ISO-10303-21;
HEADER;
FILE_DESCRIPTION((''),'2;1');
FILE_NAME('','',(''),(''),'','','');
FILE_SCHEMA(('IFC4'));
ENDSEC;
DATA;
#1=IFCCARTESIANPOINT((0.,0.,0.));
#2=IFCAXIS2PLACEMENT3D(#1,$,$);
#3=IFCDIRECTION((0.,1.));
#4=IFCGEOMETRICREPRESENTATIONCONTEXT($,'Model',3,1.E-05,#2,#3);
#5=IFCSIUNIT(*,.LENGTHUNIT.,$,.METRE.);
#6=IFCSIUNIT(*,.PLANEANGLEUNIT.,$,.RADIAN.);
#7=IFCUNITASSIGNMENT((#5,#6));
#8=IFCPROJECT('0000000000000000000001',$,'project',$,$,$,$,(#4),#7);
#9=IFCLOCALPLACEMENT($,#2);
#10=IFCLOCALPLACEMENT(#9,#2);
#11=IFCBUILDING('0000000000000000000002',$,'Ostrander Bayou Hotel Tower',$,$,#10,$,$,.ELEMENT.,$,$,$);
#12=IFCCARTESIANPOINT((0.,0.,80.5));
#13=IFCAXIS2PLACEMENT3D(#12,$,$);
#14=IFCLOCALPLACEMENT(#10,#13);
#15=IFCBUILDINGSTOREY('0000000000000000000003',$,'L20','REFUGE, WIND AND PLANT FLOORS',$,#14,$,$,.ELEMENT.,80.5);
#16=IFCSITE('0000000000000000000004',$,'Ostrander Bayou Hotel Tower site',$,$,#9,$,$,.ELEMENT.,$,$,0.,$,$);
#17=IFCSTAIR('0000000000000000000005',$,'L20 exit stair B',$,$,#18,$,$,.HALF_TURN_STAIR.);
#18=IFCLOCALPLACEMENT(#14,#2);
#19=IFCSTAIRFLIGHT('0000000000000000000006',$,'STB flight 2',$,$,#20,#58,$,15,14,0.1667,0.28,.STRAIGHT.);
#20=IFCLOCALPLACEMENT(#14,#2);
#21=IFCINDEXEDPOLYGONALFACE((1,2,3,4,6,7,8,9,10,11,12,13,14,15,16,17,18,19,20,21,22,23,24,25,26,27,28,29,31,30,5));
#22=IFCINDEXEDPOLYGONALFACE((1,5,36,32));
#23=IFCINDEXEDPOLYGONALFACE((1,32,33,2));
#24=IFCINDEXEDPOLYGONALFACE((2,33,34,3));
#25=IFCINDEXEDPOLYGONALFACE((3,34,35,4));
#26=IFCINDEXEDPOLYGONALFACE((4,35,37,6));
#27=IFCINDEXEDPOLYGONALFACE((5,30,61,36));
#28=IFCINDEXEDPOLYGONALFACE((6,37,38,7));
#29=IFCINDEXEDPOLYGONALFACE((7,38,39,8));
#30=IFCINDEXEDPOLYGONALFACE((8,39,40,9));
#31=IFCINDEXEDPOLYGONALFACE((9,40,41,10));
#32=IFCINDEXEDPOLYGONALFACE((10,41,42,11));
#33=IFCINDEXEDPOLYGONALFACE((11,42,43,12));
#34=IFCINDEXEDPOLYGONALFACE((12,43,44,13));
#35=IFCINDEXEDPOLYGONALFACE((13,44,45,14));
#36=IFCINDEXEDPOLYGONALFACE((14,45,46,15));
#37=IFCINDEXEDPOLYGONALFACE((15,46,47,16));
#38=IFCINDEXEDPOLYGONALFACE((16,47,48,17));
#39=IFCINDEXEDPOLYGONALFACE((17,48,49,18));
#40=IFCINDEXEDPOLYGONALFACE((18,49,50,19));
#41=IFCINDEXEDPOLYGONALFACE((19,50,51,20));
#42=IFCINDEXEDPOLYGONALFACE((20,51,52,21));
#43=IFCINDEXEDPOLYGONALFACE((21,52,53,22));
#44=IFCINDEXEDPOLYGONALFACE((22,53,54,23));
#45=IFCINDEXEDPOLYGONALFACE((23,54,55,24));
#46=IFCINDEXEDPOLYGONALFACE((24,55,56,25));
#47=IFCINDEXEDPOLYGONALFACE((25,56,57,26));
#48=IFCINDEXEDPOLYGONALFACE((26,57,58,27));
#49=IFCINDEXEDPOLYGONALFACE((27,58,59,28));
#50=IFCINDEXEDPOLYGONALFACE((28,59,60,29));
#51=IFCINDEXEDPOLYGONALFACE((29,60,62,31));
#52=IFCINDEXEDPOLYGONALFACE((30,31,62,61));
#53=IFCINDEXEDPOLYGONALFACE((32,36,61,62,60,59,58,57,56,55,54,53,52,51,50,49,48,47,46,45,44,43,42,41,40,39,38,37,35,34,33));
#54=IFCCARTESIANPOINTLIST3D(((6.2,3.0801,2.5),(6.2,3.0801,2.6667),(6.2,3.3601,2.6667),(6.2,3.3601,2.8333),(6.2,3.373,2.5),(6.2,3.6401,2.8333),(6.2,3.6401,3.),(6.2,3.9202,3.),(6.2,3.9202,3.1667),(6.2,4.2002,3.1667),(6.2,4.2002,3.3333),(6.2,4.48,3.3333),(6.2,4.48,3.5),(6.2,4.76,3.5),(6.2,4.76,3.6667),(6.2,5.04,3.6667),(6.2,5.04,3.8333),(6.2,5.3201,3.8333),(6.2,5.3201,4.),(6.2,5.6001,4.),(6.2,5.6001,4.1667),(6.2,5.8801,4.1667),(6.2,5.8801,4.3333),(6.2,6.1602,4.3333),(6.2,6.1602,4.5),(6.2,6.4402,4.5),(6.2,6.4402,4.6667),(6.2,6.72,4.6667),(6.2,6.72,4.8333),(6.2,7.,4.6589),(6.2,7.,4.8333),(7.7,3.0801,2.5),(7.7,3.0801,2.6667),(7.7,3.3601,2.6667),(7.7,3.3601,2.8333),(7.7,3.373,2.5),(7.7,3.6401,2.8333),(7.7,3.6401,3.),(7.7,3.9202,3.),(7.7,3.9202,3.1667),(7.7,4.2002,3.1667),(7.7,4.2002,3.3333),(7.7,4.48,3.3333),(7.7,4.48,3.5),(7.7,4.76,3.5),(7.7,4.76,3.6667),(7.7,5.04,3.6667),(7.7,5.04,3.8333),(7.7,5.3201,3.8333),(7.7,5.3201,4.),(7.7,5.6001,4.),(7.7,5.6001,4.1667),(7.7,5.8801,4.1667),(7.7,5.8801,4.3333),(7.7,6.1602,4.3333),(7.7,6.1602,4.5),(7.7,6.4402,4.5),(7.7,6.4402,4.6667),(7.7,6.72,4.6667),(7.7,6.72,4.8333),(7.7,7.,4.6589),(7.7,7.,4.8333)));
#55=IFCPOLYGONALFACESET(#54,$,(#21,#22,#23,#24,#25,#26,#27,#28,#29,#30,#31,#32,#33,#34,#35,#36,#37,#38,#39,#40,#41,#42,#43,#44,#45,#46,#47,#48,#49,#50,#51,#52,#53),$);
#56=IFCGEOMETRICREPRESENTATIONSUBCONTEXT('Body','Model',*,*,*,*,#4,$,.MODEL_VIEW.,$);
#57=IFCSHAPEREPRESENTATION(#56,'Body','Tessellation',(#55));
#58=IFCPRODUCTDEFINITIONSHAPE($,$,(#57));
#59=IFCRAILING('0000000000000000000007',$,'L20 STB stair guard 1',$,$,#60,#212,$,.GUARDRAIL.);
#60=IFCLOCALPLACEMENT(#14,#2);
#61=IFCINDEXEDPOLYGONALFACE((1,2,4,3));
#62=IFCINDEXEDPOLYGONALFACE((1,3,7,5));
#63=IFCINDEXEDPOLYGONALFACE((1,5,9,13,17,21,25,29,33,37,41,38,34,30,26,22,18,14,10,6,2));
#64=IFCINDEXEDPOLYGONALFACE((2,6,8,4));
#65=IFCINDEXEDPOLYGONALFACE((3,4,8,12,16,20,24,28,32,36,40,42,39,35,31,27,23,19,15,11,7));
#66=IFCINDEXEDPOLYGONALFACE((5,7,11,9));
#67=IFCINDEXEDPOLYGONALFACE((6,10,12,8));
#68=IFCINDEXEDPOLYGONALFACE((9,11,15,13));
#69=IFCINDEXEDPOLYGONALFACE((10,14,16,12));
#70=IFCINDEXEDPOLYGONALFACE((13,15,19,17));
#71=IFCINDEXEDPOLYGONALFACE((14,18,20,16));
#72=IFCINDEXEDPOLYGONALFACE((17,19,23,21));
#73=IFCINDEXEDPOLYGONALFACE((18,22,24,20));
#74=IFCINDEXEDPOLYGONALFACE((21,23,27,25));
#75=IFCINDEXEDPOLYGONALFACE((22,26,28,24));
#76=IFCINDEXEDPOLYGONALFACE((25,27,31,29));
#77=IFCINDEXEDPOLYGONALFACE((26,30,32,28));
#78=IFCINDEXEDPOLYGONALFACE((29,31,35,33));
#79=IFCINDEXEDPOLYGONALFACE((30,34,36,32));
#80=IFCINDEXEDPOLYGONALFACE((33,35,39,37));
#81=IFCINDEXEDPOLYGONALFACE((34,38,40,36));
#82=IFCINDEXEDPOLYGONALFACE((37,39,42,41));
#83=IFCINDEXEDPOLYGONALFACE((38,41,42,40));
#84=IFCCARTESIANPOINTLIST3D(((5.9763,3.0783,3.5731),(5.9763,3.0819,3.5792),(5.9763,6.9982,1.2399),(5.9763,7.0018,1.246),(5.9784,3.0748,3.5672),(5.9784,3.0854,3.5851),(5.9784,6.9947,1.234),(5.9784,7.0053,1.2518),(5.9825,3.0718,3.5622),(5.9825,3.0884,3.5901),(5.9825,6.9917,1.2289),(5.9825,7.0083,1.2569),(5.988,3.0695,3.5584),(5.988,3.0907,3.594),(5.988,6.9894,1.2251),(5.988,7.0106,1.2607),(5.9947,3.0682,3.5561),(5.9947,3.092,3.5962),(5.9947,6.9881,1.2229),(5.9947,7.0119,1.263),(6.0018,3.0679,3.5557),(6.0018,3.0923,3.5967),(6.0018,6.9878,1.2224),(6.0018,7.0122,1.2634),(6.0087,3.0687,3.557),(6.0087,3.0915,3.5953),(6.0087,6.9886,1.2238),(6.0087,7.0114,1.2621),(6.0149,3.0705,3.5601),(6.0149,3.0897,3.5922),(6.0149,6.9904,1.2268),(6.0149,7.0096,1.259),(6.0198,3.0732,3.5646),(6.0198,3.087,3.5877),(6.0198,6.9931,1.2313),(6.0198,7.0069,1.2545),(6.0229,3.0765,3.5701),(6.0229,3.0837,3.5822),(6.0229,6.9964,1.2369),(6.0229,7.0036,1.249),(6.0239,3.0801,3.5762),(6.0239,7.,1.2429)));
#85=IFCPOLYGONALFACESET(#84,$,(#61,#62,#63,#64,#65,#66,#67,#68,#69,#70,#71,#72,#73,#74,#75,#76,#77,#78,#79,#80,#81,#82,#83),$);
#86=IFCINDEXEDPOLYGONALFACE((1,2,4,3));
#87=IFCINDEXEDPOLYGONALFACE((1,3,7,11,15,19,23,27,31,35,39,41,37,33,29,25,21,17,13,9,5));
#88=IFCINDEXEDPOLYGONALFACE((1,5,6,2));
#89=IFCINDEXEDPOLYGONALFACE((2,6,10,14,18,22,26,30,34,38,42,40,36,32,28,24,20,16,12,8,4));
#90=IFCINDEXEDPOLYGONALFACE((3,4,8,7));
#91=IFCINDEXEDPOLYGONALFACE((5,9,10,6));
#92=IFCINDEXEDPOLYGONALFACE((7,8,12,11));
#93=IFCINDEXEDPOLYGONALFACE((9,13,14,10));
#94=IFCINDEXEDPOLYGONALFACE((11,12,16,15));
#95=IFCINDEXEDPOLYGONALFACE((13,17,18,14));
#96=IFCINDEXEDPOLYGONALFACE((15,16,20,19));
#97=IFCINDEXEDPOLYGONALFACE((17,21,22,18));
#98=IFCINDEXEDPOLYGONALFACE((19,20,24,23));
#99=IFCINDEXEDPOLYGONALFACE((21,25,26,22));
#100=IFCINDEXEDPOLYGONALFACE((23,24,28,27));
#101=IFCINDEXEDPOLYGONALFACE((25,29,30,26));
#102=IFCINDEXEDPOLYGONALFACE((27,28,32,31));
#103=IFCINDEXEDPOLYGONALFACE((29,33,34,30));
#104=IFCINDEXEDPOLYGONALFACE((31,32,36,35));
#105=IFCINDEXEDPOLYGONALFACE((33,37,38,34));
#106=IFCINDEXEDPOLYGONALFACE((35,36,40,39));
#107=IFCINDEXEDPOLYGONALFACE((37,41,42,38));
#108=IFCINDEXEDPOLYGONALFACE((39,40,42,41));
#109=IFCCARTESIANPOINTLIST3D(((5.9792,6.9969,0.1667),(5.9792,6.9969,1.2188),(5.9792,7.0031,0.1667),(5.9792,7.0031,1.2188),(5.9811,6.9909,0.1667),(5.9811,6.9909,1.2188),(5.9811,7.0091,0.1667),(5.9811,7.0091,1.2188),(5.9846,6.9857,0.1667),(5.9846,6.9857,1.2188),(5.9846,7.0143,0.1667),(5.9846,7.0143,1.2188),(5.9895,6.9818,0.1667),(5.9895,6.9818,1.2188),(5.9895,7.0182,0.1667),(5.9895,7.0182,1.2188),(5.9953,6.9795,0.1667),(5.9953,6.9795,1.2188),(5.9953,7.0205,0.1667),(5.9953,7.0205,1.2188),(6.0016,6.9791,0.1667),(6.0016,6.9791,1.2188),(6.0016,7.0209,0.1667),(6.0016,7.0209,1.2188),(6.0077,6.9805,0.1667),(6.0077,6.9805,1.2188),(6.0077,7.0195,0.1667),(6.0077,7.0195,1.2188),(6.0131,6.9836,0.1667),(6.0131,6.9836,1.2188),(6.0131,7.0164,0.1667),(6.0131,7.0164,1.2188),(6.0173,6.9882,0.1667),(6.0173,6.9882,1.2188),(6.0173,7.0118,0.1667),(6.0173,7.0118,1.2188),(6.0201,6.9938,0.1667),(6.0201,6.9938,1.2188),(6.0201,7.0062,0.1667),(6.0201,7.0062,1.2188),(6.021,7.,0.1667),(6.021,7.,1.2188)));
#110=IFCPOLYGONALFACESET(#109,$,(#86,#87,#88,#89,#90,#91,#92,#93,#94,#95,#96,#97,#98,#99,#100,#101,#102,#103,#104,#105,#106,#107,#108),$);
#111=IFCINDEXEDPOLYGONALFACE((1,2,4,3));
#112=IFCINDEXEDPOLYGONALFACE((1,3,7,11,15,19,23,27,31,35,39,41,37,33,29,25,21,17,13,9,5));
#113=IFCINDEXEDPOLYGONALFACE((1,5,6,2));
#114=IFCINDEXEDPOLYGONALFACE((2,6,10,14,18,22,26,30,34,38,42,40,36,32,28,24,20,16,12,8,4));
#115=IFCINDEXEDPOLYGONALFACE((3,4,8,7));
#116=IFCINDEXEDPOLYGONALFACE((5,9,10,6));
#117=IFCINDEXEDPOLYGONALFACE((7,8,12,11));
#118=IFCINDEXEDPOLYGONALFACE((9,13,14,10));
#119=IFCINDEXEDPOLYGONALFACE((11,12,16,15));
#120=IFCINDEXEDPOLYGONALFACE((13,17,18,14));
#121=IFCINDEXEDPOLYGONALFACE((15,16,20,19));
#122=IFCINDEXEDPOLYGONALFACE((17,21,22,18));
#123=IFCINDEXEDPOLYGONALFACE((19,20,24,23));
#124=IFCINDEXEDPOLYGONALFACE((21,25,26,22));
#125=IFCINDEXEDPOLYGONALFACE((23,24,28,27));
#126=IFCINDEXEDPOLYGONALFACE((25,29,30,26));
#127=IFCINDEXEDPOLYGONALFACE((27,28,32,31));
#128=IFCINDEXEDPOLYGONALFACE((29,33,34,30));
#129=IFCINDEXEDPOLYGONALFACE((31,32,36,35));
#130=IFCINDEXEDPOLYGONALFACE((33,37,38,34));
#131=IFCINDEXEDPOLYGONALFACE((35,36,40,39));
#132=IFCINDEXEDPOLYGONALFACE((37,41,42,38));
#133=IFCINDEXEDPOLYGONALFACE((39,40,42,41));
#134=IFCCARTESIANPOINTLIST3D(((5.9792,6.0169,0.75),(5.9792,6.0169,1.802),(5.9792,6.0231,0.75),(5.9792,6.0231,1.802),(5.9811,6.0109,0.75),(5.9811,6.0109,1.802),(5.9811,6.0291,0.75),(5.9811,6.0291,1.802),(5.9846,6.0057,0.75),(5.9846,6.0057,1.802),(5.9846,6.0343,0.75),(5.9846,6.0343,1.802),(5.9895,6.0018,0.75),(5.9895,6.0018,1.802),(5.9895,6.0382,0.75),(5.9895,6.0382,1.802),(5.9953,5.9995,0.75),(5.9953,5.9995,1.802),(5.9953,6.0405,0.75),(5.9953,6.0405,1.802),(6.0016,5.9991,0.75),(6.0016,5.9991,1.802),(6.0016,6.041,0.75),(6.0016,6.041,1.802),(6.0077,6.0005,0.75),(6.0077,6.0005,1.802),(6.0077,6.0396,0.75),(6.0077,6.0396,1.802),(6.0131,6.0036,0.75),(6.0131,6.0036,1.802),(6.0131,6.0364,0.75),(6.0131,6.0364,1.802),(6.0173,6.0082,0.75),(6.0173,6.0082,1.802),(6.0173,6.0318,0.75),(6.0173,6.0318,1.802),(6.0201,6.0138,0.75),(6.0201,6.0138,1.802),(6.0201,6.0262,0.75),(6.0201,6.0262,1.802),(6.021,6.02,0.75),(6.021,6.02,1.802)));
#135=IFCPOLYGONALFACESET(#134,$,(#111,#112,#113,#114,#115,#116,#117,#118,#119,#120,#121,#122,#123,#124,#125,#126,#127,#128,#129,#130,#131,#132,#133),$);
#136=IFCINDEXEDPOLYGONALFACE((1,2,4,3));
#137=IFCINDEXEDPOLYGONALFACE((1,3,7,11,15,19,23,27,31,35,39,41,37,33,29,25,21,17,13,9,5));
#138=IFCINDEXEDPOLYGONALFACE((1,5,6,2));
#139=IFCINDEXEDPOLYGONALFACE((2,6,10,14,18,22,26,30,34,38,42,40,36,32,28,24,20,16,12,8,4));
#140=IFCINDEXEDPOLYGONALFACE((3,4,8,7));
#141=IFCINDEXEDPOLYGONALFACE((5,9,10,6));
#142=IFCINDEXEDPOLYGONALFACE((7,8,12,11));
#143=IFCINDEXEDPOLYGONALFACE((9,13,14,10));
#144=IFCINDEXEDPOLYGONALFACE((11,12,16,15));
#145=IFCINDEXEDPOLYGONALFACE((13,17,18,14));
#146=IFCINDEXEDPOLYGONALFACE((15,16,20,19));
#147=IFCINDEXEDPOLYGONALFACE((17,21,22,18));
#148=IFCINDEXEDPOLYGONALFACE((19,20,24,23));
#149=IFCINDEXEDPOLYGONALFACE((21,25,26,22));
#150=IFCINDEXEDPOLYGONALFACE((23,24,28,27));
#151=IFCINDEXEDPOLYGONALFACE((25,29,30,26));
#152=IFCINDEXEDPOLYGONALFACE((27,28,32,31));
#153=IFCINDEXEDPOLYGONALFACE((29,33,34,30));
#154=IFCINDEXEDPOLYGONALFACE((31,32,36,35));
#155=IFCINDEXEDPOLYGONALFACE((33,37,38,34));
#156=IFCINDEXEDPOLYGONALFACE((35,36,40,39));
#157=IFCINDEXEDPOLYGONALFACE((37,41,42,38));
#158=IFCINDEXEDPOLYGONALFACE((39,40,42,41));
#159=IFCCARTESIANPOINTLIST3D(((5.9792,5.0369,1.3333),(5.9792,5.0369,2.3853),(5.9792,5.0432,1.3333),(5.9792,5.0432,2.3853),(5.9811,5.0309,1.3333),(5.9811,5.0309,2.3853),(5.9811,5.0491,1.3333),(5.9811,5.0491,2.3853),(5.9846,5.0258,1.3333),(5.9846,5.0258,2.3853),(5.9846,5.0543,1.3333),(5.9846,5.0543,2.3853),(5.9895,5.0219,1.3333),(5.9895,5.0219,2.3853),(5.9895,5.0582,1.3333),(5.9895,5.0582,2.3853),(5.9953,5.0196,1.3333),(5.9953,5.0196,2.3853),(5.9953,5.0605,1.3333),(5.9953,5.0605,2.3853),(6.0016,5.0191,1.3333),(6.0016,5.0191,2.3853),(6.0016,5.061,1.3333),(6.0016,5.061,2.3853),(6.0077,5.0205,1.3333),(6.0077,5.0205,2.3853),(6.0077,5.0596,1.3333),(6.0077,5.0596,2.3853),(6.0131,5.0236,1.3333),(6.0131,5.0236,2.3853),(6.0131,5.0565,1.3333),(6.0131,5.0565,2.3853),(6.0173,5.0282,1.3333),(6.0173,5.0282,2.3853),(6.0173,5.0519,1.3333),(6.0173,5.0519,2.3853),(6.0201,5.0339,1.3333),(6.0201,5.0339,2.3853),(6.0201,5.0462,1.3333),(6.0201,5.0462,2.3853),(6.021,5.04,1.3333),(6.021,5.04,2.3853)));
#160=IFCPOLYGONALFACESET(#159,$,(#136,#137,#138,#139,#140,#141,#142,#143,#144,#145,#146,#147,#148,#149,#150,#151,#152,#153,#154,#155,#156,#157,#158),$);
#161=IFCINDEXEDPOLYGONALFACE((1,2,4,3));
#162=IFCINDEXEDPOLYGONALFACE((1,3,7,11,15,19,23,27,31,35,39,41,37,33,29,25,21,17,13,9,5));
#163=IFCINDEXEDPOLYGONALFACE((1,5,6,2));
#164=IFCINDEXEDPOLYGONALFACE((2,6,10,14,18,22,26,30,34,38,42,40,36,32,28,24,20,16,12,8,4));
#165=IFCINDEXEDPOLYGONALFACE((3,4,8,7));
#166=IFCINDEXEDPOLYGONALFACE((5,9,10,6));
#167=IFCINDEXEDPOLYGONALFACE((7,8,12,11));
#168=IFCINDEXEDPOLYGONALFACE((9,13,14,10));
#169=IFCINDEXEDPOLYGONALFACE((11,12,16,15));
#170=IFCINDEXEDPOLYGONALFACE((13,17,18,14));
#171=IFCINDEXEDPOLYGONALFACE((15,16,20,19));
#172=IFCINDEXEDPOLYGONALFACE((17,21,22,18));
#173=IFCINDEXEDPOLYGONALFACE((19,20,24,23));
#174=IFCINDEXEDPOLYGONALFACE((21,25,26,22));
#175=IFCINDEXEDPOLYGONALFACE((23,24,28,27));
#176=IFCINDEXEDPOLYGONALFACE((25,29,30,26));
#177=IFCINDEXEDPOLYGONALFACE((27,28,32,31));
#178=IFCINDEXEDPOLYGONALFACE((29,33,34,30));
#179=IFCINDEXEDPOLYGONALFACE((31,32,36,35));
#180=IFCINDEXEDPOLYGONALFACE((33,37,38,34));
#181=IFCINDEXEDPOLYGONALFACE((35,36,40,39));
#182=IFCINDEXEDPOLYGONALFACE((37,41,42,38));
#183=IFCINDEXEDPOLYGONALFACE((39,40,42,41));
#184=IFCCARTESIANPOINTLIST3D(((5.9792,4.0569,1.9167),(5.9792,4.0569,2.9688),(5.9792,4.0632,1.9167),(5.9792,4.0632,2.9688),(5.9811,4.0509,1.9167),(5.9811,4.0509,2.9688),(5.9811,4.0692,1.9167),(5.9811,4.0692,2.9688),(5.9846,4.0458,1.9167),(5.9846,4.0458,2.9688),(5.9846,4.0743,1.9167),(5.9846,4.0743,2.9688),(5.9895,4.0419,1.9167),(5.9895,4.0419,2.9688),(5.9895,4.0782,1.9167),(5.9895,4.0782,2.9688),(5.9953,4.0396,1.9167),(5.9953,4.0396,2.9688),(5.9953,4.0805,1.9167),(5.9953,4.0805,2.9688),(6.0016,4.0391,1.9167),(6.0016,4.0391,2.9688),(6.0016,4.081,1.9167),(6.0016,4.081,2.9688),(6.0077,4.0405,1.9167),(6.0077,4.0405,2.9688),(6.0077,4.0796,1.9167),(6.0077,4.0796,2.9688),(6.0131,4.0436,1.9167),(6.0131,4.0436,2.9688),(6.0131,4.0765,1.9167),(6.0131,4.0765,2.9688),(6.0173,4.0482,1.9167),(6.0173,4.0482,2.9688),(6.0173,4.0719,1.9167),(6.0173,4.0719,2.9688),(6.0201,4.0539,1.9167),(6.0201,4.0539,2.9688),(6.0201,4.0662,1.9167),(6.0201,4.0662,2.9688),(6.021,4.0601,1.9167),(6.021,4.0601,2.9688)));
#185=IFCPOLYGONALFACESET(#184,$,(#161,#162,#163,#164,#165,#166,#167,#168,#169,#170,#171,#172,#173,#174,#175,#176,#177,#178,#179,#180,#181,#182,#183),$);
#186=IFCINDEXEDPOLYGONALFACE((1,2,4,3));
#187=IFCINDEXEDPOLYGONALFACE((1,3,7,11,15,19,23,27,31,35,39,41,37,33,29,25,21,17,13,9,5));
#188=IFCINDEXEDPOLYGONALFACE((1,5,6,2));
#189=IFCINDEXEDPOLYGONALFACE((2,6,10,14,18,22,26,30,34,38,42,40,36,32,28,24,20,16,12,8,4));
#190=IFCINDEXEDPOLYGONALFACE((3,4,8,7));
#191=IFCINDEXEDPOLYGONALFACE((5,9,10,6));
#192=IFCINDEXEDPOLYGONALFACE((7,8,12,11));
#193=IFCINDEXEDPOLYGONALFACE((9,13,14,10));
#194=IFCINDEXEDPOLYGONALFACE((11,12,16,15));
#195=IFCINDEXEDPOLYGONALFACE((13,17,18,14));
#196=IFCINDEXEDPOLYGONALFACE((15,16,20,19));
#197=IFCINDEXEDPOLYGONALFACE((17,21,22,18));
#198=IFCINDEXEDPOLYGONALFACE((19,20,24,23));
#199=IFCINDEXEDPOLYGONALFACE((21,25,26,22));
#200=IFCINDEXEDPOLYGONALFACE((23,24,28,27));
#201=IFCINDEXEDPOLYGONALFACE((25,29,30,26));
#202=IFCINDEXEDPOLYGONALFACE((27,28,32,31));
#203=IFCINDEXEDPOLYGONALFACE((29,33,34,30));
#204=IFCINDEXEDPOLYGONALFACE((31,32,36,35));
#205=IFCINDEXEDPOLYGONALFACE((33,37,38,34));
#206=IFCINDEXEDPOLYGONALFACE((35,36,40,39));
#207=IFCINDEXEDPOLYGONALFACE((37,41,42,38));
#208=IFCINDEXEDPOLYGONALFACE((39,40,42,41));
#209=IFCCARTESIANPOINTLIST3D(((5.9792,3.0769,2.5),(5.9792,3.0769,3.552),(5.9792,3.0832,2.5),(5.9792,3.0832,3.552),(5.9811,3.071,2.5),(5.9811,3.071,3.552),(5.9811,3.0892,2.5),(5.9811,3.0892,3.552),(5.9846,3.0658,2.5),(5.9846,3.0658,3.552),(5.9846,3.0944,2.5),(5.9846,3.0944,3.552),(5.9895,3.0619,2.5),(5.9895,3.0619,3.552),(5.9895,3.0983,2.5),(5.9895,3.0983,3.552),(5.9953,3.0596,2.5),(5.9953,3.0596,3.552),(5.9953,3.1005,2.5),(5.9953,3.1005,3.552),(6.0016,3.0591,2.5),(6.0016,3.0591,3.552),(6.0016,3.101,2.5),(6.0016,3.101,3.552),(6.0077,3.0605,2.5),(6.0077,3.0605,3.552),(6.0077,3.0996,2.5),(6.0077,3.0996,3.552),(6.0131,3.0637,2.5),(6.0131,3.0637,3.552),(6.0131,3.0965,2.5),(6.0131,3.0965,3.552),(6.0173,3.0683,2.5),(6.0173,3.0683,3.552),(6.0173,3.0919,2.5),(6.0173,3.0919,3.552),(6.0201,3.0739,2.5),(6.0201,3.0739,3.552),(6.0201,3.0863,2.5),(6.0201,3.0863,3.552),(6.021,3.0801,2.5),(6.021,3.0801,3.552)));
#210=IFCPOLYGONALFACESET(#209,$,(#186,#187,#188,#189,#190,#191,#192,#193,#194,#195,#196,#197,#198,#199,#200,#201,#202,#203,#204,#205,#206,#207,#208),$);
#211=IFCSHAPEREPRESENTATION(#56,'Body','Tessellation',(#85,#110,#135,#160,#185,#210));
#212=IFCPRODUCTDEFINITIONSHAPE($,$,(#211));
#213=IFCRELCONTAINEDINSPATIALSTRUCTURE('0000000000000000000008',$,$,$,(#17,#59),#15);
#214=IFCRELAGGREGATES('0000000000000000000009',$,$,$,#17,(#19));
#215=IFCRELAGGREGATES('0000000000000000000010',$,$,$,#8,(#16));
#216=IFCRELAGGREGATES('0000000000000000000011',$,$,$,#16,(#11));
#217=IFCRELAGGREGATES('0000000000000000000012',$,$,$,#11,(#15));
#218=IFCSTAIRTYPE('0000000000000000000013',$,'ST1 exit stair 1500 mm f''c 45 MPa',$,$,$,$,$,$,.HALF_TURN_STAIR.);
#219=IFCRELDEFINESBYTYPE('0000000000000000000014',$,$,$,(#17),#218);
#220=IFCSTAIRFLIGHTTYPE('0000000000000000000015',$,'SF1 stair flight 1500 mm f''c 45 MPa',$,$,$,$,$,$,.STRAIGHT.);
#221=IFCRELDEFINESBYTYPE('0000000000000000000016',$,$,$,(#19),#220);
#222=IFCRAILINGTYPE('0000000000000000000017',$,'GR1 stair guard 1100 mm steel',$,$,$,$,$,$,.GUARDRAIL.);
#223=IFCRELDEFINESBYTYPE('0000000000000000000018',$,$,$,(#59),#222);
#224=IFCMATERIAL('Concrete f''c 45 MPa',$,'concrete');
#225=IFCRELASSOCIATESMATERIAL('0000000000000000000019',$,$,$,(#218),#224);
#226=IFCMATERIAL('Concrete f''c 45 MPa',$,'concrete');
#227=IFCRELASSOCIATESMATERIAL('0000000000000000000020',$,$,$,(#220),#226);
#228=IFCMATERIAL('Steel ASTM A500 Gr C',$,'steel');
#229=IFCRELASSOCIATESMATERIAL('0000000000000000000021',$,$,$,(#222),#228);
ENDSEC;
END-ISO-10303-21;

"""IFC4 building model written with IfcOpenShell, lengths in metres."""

from ifc_helpers import new_model, si_unit, direction, frame, origin, origin_2d, place, context, subcontext, project, spatial, polyline, circle, outline, extrude, material, type_object, element, aggregate, save


model = new_model("IFC4")

# Units and contexts
model_context = context("Model", 3, precision=1e-05, world=origin(), true_north=direction((0.0, 1.0)))
body_context = subcontext(model_context, "Body", "Model", "MODEL_VIEW")
ifc_project = project(units=[si_unit("LENGTHUNIT", "METRE"), si_unit("PLANEANGLEUNIT", "RADIAN")], contexts=[model_context])

# Site, building, storey
site_placement = place(None, origin())
site = spatial("IfcSite", under=ifc_project, at=site_placement, Name="Ostrander Bayou Hotel Tower site", CompositionType="ELEMENT", RefElevation=0.0)
building_placement = place(site_placement, origin())
building = spatial("IfcBuilding", under=site, at=building_placement, Name="Ostrander Bayou Hotel Tower", CompositionType="ELEMENT")
storey_placement = place(building_placement, frame((0.0, 0.0, 80.5)))
storey = spatial("IfcBuildingStorey", under=building, at=storey_placement, Name="L20", Description="REFUGE, WIND AND PLANT FLOORS", CompositionType="ELEMENT", Elevation=80.5)

# Stair
ifc_material_1 = material(Name="Concrete f'c 45 MPa", Category="concrete")
stair_type = type_object("IfcStairType", Name="ST1 exit stair 1500 mm f'c 45 MPa", PredefinedType="HALF_TURN_STAIR", material=ifc_material_1)
stair_1_placement = place(storey_placement, origin())
stair_1 = element("IfcStair", 1, at=stair_1_placement, inside=storey, type_object=stair_type, Name="L20 exit stair B", PredefinedType="HALF_TURN_STAIR")

# Stair flight
ifc_material_2 = material(Name="Concrete f'c 45 MPa", Category="concrete")
stair_flight_type = type_object("IfcStairFlightType", Name="SF1 stair flight 1500 mm f'c 45 MPa", PredefinedType="STRAIGHT", material=ifc_material_2)
stair_flight_1_placement = place(storey_placement, frame((6.95, 3.0801, 2.5), z_axis=(0.0, 0.0, 1.0), x_axis=(0.0, 1.0, 0.0)))
stair_flight_1 = element("IfcStairFlight", 2, at=stair_flight_1_placement, type_object=stair_flight_type, Name="STB flight 2", NumberOfRisers=15, NumberOfTreads=14, PredefinedType="STRAIGHT", RiserHeight=0.1667, TreadLength=0.28, context=body_context, shape_type="SweptSolid", body=[
    extrude(outline(polyline([(0.0, 0.0), (0.0, 0.1667), (0.28, 0.1667), (0.28, 0.3333), (0.5601, 0.3333), (0.5601, 0.5), (0.8401, 0.5), (0.8401, 0.6667), (1.1201, 0.6667), (1.1201, 0.8333), (1.3999, 0.8333), (1.3999, 1.0), (1.6799, 1.0), (1.6799, 1.1667), (1.96, 1.1667), (1.96, 1.3333), (2.24, 1.3333), (2.24, 1.5), (2.52, 1.5), (2.52, 1.6667), (2.8, 1.6667), (2.8, 1.8333), (3.0801, 1.8333), (3.0801, 2.0), (3.3601, 2.0), (3.3601, 2.1667), (3.6399, 2.1667), (3.6399, 2.3333), (3.9199, 2.3333), (3.9199, 2.5), (3.9199, 2.1589), (0.293, 0.0), (0.0, 0.0)])), frame((0.0, 0.75, 0.0), z_axis=(0.0, -1.0, 0.0), x_axis=(1.0, 0.0, 0.0)), (0.0, 0.0, 1.0), 1.5),
])
aggregate(stair_1, [stair_flight_1])

# Railing
ifc_material_3 = material(Name="Steel ASTM A500 Gr C", Category="steel")
railing_type_1 = type_object("IfcRailingType", Name="GR1 stair guard 1100 mm steel", PredefinedType="GUARDRAIL", material=ifc_material_3)
railing_1_placement = place(storey_placement, frame((6.0, 7.0, 0.1667)))
element("IfcRailing", 3, at=railing_1_placement, inside=storey, type_object=railing_type_1, Name="L20 STB stair guard 1", PredefinedType="GUARDRAIL", context=body_context, shape_type="SweptSolid", body=[
    extrude(circle(Radius=0.0239, at=origin_2d()), frame((0.0, 0.0, 1.0762), z_axis=(0.0, -0.859296, 0.511478), x_axis=(1.0, 0.0, 0.0)), (0.0, 0.0, 1.0), 4.5618),
    extrude(circle(Radius=0.021, at=origin_2d()), origin(), (0.0, 0.0, 1.0), 1.052),
    extrude(circle(Radius=0.021, at=origin_2d()), frame((0.0, -0.98, 0.5833)), (0.0, 0.0, 1.0), 1.052),
    extrude(circle(Radius=0.021, at=origin_2d()), frame((0.0, -1.96, 1.1665)), (0.0, 0.0, 1.0), 1.052),
    extrude(circle(Radius=0.021, at=origin_2d()), frame((0.0, -2.9399, 1.75)), (0.0, 0.0, 1.0), 1.052),
    extrude(circle(Radius=0.021, at=origin_2d()), frame((0.0, -3.9199, 2.3333)), (0.0, 0.0, 1.0), 1.052),
])

save(model, "model.ifc")
